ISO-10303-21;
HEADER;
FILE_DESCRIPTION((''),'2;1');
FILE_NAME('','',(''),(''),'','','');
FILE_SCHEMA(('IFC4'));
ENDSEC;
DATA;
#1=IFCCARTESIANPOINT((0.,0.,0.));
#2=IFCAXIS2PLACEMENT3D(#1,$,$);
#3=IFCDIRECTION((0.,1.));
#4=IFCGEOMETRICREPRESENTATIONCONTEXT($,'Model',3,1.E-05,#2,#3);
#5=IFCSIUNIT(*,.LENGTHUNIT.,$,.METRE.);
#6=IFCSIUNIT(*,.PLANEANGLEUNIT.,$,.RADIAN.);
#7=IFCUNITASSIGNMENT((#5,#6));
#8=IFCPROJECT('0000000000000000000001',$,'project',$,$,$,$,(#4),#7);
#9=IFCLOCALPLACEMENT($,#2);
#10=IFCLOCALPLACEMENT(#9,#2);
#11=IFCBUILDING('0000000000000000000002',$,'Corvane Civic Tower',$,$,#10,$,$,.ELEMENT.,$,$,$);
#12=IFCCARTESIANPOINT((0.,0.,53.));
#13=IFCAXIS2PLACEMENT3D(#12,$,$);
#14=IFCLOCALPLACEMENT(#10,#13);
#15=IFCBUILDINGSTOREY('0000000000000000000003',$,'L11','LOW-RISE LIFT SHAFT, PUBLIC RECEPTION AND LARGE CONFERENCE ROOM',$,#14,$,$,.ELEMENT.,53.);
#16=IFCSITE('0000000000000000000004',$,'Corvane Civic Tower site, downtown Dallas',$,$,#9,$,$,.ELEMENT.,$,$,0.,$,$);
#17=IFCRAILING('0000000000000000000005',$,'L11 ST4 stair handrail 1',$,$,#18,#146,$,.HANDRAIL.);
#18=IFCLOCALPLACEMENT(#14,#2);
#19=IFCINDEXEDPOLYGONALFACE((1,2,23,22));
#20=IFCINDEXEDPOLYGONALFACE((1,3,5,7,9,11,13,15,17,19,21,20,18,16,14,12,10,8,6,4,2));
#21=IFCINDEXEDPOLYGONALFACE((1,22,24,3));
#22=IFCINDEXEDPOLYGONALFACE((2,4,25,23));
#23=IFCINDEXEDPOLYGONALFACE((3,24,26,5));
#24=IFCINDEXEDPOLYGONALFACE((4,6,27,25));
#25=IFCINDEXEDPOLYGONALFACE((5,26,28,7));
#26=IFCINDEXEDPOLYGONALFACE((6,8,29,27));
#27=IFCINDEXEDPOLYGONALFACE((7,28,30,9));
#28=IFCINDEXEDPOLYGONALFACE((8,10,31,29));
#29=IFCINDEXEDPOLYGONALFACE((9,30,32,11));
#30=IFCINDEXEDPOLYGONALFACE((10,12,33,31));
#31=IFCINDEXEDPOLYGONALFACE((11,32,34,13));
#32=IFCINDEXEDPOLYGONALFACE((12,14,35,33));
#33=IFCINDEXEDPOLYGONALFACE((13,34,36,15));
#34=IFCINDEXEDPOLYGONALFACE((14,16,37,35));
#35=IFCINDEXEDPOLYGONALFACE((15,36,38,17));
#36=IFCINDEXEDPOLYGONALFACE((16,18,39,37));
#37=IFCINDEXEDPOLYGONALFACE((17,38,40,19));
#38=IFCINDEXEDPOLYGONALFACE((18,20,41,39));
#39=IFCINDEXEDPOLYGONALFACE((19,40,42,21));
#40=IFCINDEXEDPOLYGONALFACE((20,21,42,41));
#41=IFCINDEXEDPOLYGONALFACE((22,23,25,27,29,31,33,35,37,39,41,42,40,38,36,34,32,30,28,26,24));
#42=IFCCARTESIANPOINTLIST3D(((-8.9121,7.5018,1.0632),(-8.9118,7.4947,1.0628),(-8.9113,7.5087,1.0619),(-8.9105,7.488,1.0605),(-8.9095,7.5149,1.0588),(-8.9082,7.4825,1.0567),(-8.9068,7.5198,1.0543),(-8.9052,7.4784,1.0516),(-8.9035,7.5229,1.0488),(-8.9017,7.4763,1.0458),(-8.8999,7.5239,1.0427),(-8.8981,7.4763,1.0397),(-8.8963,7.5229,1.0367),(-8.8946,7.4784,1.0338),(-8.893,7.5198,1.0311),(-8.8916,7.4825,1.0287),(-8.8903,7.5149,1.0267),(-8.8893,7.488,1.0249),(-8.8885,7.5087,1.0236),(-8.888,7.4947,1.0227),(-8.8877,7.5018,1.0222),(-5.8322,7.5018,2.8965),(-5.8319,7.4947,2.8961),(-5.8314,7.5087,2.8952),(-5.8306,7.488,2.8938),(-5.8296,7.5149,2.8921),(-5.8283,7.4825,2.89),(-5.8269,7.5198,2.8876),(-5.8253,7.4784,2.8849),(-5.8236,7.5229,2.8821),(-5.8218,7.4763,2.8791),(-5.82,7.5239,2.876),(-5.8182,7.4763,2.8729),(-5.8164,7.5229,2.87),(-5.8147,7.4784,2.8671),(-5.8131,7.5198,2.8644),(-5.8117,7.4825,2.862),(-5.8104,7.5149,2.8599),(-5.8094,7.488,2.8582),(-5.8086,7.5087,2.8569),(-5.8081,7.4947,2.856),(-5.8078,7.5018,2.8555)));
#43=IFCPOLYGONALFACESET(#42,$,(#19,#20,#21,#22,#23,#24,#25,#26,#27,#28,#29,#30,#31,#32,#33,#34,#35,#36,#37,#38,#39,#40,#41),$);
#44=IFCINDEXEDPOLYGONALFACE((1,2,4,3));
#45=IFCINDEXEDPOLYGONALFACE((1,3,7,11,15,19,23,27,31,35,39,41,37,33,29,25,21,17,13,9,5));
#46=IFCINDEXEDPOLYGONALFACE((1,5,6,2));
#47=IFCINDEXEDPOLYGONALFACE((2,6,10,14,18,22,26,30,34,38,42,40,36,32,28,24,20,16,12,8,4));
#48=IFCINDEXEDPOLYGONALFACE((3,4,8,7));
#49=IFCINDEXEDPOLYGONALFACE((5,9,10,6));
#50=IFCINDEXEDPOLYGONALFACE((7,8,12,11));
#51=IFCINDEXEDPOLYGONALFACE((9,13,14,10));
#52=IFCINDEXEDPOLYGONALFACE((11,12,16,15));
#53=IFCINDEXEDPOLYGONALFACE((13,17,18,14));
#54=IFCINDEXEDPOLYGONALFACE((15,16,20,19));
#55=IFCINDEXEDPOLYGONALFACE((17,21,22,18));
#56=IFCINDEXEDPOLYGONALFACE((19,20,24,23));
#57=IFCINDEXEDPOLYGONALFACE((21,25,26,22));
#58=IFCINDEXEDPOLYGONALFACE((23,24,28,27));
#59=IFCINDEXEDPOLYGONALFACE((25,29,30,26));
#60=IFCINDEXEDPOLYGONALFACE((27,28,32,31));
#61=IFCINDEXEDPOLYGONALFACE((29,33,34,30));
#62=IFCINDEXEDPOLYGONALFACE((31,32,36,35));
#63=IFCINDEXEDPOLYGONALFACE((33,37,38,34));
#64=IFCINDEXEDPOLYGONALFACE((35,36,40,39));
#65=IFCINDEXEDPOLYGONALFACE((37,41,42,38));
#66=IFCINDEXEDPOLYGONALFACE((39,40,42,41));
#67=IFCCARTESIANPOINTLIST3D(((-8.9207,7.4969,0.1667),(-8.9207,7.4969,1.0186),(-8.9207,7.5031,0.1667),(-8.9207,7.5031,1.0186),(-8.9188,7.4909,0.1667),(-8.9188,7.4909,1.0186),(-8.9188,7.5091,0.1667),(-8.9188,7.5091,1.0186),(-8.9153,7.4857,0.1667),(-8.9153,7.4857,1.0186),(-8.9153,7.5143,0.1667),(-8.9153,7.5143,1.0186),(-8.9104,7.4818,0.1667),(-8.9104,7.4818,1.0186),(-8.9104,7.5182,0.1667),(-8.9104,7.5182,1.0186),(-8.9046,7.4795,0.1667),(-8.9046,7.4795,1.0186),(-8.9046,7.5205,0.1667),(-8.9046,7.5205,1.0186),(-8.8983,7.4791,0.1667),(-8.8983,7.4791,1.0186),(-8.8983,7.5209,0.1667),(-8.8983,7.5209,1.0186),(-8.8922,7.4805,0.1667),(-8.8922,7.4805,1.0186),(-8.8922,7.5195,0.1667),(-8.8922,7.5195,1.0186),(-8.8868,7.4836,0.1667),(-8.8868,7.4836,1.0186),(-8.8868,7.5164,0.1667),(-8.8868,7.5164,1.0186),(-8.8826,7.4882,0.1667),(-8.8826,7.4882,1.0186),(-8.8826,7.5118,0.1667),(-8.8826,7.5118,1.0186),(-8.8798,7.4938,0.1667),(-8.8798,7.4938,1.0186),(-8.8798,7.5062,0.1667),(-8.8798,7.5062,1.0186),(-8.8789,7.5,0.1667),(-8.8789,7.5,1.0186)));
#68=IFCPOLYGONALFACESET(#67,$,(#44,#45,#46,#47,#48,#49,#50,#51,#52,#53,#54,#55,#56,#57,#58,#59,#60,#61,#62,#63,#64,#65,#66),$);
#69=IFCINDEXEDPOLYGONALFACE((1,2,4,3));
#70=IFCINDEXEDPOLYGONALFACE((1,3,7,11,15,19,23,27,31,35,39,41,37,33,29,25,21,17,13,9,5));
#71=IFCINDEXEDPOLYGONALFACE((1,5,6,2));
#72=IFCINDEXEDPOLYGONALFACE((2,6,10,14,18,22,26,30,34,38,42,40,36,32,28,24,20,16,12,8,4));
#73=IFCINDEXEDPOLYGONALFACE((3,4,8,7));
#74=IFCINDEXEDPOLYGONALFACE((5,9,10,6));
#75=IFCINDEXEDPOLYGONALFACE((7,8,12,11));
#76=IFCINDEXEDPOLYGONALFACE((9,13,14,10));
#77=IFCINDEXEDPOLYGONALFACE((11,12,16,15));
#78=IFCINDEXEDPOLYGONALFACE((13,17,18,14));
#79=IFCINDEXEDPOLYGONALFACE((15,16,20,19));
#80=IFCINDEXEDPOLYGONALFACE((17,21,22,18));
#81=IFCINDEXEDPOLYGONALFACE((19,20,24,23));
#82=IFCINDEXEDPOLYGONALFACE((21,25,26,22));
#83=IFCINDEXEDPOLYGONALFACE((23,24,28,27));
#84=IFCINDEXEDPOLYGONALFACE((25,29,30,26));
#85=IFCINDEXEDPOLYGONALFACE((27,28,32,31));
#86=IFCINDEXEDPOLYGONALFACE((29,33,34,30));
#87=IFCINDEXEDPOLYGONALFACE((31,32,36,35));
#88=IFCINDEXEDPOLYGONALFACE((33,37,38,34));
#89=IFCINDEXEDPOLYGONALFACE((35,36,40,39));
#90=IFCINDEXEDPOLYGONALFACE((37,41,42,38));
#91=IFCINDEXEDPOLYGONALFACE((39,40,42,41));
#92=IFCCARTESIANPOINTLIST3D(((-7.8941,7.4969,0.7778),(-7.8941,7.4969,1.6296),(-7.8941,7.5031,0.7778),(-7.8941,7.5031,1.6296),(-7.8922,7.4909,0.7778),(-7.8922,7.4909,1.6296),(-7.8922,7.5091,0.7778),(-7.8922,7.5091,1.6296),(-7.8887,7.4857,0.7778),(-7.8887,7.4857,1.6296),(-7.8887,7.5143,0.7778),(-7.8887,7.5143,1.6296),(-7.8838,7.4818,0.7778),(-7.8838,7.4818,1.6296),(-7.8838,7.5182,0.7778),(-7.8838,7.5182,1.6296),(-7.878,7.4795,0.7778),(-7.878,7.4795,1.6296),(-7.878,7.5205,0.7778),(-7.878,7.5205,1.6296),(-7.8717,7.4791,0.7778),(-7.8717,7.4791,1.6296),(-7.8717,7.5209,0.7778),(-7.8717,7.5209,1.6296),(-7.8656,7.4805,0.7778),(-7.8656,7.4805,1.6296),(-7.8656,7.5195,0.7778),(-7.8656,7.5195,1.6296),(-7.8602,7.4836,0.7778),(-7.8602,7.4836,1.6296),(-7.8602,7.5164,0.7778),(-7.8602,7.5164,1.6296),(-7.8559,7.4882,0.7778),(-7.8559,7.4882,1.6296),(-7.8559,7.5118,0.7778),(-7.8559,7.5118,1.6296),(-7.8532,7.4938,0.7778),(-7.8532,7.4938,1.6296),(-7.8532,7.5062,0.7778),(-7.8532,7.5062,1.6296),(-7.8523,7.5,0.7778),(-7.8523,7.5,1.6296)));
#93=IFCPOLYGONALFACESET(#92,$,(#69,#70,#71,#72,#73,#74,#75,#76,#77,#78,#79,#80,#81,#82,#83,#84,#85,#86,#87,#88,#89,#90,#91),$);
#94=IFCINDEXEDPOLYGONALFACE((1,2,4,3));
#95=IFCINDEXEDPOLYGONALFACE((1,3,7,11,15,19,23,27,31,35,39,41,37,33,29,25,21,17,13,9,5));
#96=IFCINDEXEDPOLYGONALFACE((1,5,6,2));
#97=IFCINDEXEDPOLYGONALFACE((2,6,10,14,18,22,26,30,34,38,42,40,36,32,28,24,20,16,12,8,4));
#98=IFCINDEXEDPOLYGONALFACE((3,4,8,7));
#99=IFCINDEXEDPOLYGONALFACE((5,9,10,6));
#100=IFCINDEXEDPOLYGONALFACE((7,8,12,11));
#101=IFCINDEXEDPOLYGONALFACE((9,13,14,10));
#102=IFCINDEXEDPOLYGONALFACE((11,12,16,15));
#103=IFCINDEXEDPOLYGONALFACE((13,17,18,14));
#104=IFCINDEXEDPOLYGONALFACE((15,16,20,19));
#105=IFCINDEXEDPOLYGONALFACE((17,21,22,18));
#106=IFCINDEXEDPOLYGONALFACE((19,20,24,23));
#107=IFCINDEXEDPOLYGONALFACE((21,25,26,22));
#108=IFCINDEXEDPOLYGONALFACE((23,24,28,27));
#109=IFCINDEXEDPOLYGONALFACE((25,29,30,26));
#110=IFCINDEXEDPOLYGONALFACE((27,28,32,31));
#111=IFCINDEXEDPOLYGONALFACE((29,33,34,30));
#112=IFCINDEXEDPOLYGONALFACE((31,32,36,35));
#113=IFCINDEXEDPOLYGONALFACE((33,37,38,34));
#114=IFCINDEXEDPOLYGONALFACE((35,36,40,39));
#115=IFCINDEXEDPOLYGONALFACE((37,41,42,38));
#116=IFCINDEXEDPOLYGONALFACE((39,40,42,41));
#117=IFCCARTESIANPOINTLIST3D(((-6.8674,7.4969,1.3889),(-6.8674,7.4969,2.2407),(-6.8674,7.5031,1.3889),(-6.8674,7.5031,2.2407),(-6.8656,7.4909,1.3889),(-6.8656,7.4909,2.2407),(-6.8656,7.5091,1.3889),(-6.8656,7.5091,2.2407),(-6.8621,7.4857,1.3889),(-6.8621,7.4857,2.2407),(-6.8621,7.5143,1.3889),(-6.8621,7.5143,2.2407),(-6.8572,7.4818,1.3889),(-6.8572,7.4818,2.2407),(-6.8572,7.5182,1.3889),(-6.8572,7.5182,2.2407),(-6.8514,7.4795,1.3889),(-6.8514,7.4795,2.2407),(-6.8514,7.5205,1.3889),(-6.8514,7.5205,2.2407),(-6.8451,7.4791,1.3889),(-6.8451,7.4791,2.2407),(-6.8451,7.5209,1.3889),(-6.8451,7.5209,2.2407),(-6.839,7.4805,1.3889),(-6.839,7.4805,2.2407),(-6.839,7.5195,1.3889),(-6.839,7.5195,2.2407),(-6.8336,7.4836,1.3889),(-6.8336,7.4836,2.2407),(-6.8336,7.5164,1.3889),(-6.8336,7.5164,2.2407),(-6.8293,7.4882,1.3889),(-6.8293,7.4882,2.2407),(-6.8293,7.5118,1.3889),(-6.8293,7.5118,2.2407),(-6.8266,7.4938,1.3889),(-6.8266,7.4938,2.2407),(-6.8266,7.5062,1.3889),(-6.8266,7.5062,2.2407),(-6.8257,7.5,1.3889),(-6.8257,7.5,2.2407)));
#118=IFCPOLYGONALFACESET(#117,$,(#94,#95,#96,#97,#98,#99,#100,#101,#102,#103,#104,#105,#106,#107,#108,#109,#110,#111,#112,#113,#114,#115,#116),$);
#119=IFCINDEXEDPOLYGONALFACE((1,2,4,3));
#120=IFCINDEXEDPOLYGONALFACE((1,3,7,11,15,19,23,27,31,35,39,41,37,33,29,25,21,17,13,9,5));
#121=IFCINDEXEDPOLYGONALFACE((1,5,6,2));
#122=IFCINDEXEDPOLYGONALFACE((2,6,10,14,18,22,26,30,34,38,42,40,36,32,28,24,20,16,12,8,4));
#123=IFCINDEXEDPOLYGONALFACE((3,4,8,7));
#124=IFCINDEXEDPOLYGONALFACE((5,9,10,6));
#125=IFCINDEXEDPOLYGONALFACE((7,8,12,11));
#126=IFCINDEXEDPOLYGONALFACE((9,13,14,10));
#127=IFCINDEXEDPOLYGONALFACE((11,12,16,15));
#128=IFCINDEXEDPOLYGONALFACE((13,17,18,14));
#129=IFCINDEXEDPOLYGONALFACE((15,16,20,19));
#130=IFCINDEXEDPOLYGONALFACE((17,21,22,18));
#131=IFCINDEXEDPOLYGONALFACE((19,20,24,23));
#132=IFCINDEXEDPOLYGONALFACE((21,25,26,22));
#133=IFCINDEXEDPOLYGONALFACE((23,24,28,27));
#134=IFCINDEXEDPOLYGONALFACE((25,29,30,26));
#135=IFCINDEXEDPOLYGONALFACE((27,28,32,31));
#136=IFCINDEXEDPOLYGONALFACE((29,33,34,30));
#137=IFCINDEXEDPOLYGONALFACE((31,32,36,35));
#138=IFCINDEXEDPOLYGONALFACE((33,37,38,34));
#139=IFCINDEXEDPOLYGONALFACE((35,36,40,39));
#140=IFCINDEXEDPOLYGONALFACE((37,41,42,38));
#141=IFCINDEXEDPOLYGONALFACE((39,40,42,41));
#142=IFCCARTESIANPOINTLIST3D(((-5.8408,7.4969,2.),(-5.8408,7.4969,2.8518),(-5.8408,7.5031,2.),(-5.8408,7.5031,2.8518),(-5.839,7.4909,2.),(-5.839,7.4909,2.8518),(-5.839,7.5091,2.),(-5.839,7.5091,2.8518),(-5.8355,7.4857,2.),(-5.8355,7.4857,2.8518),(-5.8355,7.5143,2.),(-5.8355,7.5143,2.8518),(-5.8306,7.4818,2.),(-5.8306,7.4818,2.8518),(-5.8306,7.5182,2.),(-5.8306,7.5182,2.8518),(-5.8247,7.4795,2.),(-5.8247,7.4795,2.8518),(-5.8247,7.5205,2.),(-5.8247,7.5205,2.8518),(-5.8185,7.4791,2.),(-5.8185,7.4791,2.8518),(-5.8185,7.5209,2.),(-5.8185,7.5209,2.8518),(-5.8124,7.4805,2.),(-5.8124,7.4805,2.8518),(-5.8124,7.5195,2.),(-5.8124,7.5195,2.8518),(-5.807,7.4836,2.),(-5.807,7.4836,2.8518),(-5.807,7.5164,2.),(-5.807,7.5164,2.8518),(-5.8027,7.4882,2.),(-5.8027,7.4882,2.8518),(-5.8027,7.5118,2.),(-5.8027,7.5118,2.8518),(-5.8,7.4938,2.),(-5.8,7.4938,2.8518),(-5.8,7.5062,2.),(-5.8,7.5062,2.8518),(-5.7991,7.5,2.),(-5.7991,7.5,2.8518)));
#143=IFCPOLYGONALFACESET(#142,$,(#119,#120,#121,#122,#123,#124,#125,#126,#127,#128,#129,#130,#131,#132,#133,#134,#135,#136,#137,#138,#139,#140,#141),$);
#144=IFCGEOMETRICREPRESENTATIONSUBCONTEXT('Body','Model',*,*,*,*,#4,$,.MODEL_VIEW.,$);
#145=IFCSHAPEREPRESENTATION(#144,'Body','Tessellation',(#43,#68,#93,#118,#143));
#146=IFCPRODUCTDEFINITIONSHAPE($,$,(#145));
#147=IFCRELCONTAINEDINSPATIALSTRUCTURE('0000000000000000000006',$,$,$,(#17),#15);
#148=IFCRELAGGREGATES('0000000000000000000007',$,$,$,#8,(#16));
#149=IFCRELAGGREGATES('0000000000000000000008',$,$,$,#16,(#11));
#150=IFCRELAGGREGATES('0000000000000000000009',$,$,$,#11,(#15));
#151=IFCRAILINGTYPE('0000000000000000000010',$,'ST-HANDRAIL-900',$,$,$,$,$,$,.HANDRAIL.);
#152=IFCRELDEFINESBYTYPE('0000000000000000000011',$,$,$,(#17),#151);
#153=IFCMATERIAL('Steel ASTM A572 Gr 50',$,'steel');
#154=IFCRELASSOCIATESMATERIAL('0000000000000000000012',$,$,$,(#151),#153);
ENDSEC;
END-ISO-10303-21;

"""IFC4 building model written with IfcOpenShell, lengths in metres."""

from ifc_helpers import new_model, si_unit, direction, frame, origin, origin_2d, place, context, subcontext, project, spatial, circle, extrude, material, type_object, element, save


model = new_model("IFC4")

# Units and contexts
model_context = context("Model", 3, precision=1e-05, world=origin(), true_north=direction((0.0, 1.0)))
body_context = subcontext(model_context, "Body", "Model", "MODEL_VIEW")
ifc_project = project(units=[si_unit("LENGTHUNIT", "METRE"), si_unit("PLANEANGLEUNIT", "RADIAN")], contexts=[model_context])

# Site, building, storey
site_placement = place(None, origin())
site = spatial("IfcSite", under=ifc_project, at=site_placement, Name="Corvane Civic Tower site, downtown Dallas", CompositionType="ELEMENT", RefElevation=0.0)
building_placement = place(site_placement, origin())
building = spatial("IfcBuilding", under=site, at=building_placement, Name="Corvane Civic Tower", CompositionType="ELEMENT")
storey_placement = place(building_placement, frame((0.0, 0.0, 53.0)))
storey = spatial("IfcBuildingStorey", under=building, at=storey_placement, Name="L11", Description="LOW-RISE LIFT SHAFT, PUBLIC RECEPTION AND LARGE CONFERENCE ROOM", CompositionType="ELEMENT", Elevation=53.0)

# Railing
ifc_material_1 = material(Name="Steel ASTM A572 Gr 50", Category="steel")
railing_type = type_object("IfcRailingType", Name="ST-HANDRAIL-900", PredefinedType="HANDRAIL", material=ifc_material_1)
railing_1_placement = place(storey_placement, frame((-8.8999, 7.5, 0.1667)))
element("IfcRailing", 1, at=railing_1_placement, inside=storey, type_object=railing_type, Name="L11 ST4 stair handrail 1", PredefinedType="HANDRAIL", context=body_context, shape_type="SweptSolid", body=[
    extrude(circle(Radius=0.0239, at=origin_2d()), frame((0.0, 0.0, 0.876), z_axis=(0.859291, 0.0, 0.511487), x_axis=(0.0, 1.0, 0.0)), (0.0, 0.0, 1.0), 3.5842),
    extrude(circle(Radius=0.021, at=origin_2d()), origin(), (0.0, 0.0, 1.0), 0.8518),
    extrude(circle(Radius=0.021, at=origin_2d()), frame((1.0266, 0.0, 0.6111)), (0.0, 0.0, 1.0), 0.8518),
    extrude(circle(Radius=0.021, at=origin_2d()), frame((2.0532, 0.0, 1.2222)), (0.0, 0.0, 1.0), 0.8518),
    extrude(circle(Radius=0.021, at=origin_2d()), frame((3.0798, 0.0, 1.8333)), (0.0, 0.0, 1.0), 0.8518),
])

save(model, "model.ifc")
